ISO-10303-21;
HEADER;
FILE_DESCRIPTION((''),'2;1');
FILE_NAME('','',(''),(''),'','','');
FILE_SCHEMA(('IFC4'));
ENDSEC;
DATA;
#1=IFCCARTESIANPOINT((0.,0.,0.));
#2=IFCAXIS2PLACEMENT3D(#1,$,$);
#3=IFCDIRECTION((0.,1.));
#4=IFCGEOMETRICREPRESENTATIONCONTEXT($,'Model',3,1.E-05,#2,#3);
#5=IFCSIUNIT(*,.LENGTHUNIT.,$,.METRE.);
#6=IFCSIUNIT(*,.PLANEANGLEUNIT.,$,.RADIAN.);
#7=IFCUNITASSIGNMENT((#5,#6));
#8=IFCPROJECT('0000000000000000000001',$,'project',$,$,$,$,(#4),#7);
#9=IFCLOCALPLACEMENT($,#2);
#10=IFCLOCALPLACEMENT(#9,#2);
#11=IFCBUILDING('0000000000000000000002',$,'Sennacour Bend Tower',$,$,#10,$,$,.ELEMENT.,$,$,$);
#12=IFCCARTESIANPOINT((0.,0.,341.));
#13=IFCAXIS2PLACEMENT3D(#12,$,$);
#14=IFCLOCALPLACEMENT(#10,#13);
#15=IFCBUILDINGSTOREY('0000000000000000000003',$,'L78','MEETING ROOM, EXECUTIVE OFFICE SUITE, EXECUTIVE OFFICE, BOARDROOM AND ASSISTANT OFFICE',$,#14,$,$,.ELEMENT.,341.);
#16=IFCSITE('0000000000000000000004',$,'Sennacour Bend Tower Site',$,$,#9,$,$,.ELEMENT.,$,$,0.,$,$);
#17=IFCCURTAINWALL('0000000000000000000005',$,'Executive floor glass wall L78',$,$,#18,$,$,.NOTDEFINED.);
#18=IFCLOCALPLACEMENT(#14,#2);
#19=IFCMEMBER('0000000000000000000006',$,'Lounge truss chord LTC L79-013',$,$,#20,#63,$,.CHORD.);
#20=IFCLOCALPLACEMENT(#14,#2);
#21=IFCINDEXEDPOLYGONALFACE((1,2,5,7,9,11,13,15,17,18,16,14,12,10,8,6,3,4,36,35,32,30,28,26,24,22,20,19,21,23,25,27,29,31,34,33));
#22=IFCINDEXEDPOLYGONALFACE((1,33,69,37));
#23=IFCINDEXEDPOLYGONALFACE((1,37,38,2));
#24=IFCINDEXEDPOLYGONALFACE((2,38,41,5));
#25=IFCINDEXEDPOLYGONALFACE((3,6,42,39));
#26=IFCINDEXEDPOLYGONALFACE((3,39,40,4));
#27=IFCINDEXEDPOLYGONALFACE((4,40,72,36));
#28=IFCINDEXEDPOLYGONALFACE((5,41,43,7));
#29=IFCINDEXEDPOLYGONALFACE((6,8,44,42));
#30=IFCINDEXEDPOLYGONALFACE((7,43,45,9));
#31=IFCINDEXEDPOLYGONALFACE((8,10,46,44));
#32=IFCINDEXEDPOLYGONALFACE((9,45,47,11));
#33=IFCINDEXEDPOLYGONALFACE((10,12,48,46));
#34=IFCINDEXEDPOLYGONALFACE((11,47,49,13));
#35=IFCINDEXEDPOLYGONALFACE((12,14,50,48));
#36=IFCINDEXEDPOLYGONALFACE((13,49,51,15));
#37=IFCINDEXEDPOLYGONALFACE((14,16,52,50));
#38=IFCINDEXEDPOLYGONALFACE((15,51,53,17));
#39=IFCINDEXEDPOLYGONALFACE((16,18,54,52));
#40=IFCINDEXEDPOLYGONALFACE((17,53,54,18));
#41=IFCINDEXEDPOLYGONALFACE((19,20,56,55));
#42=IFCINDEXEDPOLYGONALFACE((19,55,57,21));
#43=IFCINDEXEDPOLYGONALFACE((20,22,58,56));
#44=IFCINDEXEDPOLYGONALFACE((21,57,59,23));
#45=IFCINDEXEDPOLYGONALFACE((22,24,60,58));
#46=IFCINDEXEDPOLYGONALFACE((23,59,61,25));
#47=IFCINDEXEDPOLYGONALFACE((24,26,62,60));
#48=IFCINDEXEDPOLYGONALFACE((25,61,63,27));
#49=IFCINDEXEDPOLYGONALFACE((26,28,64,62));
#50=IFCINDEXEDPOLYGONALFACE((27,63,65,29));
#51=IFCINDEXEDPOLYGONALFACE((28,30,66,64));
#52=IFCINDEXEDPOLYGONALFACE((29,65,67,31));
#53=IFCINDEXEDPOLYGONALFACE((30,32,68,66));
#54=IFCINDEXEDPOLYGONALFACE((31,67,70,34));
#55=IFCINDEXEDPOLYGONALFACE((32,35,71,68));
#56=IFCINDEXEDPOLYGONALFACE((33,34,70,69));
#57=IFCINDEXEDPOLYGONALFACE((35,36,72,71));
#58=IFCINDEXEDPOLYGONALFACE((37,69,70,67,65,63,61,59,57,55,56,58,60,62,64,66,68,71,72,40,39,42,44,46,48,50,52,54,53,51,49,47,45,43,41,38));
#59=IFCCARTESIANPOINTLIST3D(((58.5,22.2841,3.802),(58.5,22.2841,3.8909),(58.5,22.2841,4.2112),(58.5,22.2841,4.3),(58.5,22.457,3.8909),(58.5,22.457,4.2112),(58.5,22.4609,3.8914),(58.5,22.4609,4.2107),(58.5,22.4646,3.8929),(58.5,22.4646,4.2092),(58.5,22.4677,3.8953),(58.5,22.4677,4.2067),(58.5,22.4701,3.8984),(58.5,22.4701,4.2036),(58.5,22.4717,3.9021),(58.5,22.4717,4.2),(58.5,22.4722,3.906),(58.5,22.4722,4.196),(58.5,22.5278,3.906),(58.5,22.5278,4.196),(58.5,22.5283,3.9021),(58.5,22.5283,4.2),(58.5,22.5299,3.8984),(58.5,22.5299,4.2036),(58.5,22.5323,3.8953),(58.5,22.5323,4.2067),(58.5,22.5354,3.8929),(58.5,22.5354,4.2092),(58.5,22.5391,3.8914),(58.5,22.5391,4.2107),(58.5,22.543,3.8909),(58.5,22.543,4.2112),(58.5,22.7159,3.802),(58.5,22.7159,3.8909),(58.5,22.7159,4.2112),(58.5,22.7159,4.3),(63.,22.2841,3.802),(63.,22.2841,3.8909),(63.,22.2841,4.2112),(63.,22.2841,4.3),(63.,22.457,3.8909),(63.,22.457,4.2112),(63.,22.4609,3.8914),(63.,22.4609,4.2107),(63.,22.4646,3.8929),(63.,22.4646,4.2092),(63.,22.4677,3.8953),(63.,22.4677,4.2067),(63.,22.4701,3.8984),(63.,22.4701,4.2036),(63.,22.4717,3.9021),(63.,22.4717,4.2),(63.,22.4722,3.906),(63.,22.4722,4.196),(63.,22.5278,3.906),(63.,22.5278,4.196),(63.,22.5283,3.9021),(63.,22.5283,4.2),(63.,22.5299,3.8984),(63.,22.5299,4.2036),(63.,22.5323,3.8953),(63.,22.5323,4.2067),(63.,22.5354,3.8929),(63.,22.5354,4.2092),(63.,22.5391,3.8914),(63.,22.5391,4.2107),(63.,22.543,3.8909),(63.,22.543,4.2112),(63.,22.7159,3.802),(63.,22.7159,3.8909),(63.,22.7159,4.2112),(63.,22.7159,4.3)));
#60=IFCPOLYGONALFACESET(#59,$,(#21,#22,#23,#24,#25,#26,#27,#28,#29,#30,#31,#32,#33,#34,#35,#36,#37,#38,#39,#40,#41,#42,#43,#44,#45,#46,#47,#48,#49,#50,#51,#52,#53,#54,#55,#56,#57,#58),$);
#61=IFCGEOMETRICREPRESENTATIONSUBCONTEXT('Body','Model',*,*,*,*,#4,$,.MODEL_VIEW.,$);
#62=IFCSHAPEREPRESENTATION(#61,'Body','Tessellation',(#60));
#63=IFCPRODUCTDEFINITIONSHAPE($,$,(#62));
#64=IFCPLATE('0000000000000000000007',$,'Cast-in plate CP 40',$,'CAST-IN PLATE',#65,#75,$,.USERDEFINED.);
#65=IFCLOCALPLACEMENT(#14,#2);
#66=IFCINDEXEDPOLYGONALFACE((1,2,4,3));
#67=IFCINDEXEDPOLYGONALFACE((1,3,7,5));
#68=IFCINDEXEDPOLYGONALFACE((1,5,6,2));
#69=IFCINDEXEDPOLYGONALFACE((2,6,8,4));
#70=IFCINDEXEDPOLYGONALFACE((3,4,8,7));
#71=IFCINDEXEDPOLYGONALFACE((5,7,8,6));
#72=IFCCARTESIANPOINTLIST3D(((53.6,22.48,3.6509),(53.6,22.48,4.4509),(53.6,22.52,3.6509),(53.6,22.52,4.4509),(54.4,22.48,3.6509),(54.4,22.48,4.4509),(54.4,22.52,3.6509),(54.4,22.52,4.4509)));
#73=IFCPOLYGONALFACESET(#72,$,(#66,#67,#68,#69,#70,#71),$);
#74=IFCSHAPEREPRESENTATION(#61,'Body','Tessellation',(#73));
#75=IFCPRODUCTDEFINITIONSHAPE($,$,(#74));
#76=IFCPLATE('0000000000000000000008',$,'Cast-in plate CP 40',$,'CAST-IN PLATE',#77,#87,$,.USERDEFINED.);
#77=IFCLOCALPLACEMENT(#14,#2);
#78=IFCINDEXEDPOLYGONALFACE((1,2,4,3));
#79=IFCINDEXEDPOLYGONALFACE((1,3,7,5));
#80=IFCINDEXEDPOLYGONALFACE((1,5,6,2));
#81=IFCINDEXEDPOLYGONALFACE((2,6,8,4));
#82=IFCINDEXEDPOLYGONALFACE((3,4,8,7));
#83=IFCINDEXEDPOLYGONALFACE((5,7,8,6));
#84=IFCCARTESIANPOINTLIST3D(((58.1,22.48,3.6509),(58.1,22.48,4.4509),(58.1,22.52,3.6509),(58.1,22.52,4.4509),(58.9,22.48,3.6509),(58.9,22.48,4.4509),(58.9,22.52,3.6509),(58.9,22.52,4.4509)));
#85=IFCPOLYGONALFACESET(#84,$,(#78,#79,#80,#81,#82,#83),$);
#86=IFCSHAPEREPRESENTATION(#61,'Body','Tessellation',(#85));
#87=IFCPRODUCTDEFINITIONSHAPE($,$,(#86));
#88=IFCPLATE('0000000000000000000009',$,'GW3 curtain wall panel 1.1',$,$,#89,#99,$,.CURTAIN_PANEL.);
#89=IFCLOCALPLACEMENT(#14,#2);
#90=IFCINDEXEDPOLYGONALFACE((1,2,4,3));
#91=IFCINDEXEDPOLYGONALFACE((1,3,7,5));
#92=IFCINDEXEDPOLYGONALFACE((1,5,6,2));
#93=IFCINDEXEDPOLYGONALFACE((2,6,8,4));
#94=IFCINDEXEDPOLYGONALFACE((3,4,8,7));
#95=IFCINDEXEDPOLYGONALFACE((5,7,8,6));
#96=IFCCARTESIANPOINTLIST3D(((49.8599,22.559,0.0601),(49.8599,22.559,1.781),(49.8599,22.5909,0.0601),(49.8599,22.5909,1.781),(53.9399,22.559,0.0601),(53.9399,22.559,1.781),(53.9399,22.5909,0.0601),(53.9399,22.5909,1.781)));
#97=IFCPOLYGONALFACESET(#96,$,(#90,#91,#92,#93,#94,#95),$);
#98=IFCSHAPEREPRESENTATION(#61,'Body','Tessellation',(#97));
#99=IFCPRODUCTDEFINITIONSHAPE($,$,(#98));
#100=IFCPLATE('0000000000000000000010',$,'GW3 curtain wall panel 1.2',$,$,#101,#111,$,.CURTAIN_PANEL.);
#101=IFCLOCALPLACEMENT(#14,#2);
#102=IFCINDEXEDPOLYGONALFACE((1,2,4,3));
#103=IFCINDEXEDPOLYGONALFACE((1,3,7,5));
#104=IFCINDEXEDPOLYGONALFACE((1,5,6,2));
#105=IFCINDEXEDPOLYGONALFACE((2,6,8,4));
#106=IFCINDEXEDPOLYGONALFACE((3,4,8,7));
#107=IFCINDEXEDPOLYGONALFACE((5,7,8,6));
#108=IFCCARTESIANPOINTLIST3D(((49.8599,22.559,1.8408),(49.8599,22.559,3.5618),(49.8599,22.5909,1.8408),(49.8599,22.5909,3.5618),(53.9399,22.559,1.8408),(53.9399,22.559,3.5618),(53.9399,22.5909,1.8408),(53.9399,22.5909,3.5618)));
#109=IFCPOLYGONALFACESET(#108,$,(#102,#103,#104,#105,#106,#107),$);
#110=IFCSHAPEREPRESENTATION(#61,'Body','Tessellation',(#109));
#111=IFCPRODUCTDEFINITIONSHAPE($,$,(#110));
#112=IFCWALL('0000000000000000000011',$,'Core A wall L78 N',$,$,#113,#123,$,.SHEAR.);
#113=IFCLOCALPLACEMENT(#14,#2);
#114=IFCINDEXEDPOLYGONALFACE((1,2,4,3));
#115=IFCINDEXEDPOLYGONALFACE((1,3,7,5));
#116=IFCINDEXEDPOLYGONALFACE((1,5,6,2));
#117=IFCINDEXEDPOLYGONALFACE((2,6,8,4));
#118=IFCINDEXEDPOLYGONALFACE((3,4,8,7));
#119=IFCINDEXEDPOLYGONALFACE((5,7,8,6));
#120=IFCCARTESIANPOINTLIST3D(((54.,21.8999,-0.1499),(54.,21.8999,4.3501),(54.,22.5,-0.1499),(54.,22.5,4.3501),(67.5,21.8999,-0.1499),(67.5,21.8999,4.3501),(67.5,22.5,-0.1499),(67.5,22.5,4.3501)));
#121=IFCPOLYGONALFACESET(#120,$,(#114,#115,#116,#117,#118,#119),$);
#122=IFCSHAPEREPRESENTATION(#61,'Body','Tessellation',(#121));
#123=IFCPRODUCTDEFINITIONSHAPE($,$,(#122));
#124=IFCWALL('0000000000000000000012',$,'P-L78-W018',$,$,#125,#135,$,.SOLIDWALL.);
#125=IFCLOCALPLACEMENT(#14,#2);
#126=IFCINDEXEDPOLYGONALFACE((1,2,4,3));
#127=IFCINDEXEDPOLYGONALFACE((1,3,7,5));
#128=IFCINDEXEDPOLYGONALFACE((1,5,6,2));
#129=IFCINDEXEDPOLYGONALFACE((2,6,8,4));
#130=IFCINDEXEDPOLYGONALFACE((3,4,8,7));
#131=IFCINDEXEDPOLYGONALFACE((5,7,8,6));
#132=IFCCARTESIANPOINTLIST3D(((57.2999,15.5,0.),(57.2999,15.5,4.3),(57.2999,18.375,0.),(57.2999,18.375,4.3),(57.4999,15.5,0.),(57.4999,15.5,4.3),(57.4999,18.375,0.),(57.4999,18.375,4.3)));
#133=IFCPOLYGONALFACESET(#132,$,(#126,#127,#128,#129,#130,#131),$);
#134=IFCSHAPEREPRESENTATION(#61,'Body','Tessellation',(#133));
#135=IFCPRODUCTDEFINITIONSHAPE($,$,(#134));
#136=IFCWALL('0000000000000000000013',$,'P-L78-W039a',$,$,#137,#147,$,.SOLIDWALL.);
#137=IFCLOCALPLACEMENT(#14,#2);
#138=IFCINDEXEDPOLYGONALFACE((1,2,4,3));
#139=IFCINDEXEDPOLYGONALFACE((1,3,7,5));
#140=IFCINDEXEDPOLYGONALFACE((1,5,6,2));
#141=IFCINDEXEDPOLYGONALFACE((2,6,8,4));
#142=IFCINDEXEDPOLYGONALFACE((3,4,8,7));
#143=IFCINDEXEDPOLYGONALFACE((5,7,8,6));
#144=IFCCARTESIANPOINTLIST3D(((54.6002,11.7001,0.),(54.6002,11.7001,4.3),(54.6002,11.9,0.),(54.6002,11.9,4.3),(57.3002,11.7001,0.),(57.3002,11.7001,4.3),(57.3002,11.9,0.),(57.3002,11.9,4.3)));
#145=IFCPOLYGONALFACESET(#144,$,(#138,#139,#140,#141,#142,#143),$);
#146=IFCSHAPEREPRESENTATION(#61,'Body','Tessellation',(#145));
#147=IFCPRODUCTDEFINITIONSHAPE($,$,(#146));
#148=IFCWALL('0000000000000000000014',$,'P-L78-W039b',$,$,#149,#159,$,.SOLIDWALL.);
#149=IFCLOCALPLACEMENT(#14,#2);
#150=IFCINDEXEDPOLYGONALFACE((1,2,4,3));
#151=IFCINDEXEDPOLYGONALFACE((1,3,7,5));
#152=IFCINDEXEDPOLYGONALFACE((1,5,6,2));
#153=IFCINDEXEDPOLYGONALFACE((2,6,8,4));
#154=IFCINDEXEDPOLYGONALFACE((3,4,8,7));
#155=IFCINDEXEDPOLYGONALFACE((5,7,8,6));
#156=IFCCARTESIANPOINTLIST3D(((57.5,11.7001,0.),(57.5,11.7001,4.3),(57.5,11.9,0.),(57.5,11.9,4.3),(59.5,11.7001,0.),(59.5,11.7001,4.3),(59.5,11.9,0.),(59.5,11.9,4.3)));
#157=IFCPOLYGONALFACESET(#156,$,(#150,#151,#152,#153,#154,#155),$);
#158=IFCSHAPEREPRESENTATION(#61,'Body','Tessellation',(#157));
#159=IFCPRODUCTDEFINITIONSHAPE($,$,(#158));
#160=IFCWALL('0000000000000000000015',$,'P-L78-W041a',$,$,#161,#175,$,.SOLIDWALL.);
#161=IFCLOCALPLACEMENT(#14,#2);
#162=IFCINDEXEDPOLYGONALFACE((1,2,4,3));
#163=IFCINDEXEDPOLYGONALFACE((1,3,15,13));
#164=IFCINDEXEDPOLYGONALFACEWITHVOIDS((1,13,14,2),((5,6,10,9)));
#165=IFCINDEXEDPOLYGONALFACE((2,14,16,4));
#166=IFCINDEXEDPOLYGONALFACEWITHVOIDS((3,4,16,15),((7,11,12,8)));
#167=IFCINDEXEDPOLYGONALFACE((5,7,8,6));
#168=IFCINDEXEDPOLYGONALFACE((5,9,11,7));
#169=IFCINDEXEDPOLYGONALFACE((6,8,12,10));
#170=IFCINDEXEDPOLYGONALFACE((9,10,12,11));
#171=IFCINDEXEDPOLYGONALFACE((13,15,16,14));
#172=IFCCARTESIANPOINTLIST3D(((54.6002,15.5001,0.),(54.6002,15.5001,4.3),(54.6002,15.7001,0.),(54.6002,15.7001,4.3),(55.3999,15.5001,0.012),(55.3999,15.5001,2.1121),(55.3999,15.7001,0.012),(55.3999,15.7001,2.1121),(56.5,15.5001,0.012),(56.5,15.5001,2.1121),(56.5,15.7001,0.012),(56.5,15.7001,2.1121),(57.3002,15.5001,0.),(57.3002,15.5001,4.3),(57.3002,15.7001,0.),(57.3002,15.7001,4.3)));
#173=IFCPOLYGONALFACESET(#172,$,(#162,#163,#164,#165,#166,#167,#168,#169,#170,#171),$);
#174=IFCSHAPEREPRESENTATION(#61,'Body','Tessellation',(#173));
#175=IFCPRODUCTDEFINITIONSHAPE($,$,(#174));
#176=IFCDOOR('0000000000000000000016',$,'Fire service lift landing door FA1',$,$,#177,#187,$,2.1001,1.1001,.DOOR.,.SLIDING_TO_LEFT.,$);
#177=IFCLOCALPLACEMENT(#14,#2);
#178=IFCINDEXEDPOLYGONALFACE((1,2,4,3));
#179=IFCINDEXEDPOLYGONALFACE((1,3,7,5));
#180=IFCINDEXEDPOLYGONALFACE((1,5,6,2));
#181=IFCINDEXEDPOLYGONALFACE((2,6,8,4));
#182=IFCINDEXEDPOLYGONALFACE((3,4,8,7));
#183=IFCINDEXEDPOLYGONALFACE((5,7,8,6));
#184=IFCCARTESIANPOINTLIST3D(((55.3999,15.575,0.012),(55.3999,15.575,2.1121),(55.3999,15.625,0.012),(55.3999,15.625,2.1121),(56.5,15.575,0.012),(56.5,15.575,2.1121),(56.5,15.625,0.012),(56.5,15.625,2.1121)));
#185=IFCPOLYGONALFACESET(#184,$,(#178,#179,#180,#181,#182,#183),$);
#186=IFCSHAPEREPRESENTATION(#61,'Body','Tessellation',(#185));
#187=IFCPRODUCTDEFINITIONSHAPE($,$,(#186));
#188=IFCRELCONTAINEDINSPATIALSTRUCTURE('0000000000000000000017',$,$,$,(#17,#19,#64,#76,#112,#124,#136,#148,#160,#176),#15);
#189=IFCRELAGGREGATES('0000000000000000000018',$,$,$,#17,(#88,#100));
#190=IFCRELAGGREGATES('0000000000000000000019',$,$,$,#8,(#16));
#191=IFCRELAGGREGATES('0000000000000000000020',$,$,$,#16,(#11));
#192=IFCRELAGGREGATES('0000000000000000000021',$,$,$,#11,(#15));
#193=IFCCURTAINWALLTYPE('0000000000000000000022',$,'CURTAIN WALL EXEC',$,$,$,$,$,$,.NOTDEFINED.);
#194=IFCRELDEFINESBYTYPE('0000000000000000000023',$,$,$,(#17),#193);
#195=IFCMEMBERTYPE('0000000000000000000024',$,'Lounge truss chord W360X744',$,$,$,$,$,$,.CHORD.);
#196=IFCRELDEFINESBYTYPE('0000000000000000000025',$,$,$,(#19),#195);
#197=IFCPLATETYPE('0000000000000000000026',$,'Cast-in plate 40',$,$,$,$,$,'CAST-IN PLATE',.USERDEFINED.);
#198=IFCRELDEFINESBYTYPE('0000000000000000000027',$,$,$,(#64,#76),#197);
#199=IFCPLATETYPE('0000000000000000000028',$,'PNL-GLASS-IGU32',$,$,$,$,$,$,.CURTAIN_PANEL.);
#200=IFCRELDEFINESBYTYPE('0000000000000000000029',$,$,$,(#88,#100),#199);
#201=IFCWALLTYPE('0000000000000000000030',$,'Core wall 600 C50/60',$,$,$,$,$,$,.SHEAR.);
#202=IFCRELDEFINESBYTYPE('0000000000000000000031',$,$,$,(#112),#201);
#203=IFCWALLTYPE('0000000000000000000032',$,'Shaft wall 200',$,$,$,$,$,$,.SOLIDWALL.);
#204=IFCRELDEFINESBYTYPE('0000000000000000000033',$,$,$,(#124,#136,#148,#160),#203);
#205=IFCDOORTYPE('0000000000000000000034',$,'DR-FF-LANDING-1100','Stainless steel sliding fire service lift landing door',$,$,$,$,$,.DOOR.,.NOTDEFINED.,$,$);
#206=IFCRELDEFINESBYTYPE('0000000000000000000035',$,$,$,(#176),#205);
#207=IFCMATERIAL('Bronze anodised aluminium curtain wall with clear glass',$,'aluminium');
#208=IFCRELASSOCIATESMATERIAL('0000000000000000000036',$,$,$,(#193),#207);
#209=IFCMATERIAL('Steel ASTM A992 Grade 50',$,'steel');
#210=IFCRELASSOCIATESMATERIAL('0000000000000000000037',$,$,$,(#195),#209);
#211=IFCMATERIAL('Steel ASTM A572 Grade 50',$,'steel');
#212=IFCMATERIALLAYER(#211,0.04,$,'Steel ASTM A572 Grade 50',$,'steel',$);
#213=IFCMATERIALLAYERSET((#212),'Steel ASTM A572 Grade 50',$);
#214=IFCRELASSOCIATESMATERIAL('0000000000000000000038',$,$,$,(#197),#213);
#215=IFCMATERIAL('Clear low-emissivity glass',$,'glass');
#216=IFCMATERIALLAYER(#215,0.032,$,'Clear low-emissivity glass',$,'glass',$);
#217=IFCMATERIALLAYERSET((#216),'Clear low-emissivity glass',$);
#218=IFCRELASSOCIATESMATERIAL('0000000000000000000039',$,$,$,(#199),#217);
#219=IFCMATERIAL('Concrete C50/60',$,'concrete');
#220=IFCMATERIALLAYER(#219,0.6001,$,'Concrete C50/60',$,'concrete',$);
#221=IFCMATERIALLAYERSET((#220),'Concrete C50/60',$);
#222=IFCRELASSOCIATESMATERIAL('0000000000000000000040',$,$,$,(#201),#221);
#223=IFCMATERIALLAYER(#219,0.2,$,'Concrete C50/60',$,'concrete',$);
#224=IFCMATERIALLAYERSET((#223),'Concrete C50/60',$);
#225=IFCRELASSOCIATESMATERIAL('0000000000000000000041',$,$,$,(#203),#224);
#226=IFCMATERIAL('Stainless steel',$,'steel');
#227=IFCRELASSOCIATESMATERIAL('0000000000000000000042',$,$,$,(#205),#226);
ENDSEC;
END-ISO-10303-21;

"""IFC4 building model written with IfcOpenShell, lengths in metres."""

from ifc_helpers import new_model, si_unit, direction, frame, frame_2d, origin, origin_2d, place, context, subcontext, project, spatial, rectangle, i_section, extrude, material, layer, layer_set, material_profile, profile_set, type_object, element, fill, aggregate, save


model = new_model("IFC4")

# Units and contexts
model_context = context("Model", 3, precision=1e-05, world=origin(), true_north=direction((0.0, 1.0)))
body_context = subcontext(model_context, "Body", "Model", "MODEL_VIEW")
ifc_project = project(units=[si_unit("LENGTHUNIT", "METRE"), si_unit("PLANEANGLEUNIT", "RADIAN")], contexts=[model_context])

# Site, building, storey
site_placement = place(None, origin())
site = spatial("IfcSite", under=ifc_project, at=site_placement, Name="Sennacour Bend Tower Site", CompositionType="ELEMENT", RefElevation=0.0)
building_placement = place(site_placement, origin())
building = spatial("IfcBuilding", under=site, at=building_placement, Name="Sennacour Bend Tower", CompositionType="ELEMENT")
storey_placement = place(building_placement, frame((0.0, 0.0, 341.0)))
storey = spatial("IfcBuildingStorey", under=building, at=storey_placement, Name="L78", Description="MEETING ROOM, EXECUTIVE OFFICE SUITE, EXECUTIVE OFFICE, BOARDROOM AND ASSISTANT OFFICE", CompositionType="ELEMENT", Elevation=341.0)

# Curtain wall
ifc_material_1 = material(Name="Bronze anodised aluminium curtain wall with clear glass", Category="aluminium")
curtain_wall_type = type_object("IfcCurtainWallType", Name="CURTAIN WALL EXEC", PredefinedType="NOTDEFINED", material=ifc_material_1)
curtain_wall_placement = place(storey_placement, origin())
curtain_wall = element("IfcCurtainWall", 1, at=curtain_wall_placement, inside=storey, type_object=curtain_wall_type, Name="Executive floor glass wall L78", PredefinedType="NOTDEFINED")

# Member
ifc_material_2 = material(Name="Steel ASTM A992 Grade 50", Category="steel")
ifc_material_profile_1 = material_profile(ifc_material_2, i_section(OverallWidth=0.4319, OverallDepth=0.498, WebThickness=0.0557, FlangeThickness=0.0889, FilletRadius=0.0151, at=origin_2d()), Name="Steel ASTM A992 Grade 50", Category="steel")
ifc_profile_set_1 = profile_set([ifc_material_profile_1], Name="Steel ASTM A992 Grade 50")
member_type_1 = type_object("IfcMemberType", Name="Lounge truss chord W360X744", PredefinedType="CHORD", material=ifc_profile_set_1)
for number, where, z_axis, x_axis, name in (
    (2, (58.5, 22.5, 4.051), (1.0, 0.0, 0.0), (0.0, 1.0, 0.0), "Lounge truss chord LTC L79-013"),
):
    element("IfcMember", number, at=place(storey_placement, frame(where, z_axis=z_axis, x_axis=x_axis)), inside=storey, type_object=member_type_1, Name=name, PredefinedType="CHORD", context=body_context, shape_type="SweptSolid", body=[
        extrude(i_section(OverallWidth=0.4319, OverallDepth=0.498, WebThickness=0.0557, FlangeThickness=0.0889, FilletRadius=0.0151, at=origin_2d()), origin(), (0.0, 0.0, 1.0), 4.5),
    ])

# Plates
ifc_material_3 = material(Name="Steel ASTM A572 Grade 50", Category="steel")
ifc_layer_1 = layer(ifc_material_3, 0.04, Name="Steel ASTM A572 Grade 50", Category="steel")
ifc_layer_set_1 = layer_set([ifc_layer_1], Name="Steel ASTM A572 Grade 50")
plate_type_1 = type_object("IfcPlateType", Name="Cast-in plate 40", ElementType="CAST-IN PLATE", PredefinedType="USERDEFINED", material=ifc_layer_set_1)
for number, where, z_axis, x_axis, name in (
    (3, (54.0, 22.5, 3.6509), (0.0, 0.0, 1.0), (1.0, 0.0, 0.0), "Cast-in plate CP 40"),
    (4, (58.5, 22.5, 3.6509), (0.0, 0.0, 1.0), (1.0, 0.0, 0.0), "Cast-in plate CP 40"),
):
    element("IfcPlate", number, at=place(storey_placement, frame(where, z_axis=z_axis, x_axis=x_axis)), inside=storey, type_object=plate_type_1, Name=name, ObjectType="CAST-IN PLATE", PredefinedType="USERDEFINED", context=body_context, shape_type="SweptSolid", body=[
        extrude(rectangle(XDim=0.8, YDim=0.04, at=origin_2d()), origin(), (0.0, 0.0, 1.0), 0.8),
    ])

# Plates
ifc_material_4 = material(Name="Clear low-emissivity glass", Category="glass")
ifc_layer_2 = layer(ifc_material_4, 0.032, Name="Clear low-emissivity glass", Category="glass")
ifc_layer_set_2 = layer_set([ifc_layer_2], Name="Clear low-emissivity glass")
plate_type_2 = type_object("IfcPlateType", Name="PNL-GLASS-IGU32", PredefinedType="CURTAIN_PANEL", material=ifc_layer_set_2)
plate_1_placement = place(storey_placement, frame((51.8999, 22.575, 0.0601), z_axis=(0.0, 0.0, 1.0), x_axis=(-1.0, 0.0, 0.0)))
plate_1 = element("IfcPlate", 5, at=plate_1_placement, type_object=plate_type_2, Name="GW3 curtain wall panel 1.1", PredefinedType="CURTAIN_PANEL", context=body_context, shape_type="SweptSolid", body=[
    extrude(rectangle(XDim=4.0801, YDim=0.032, at=origin_2d()), origin(), (0.0, 0.0, 1.0), 1.7209),
])
plate_2_placement = place(storey_placement, frame((51.8999, 22.575, 1.8408), z_axis=(0.0, 0.0, 1.0), x_axis=(-1.0, 0.0, 0.0)))
plate_2 = element("IfcPlate", 6, at=plate_2_placement, type_object=plate_type_2, Name="GW3 curtain wall panel 1.2", PredefinedType="CURTAIN_PANEL", context=body_context, shape_type="SweptSolid", body=[
    extrude(rectangle(XDim=4.0801, YDim=0.032, at=origin_2d()), origin(), (0.0, 0.0, 1.0), 1.7209),
])
aggregate(curtain_wall, [plate_1, plate_2])

# Walls
ifc_material_5 = material(Name="Concrete C50/60", Category="concrete")
ifc_layer_3 = layer(ifc_material_5, 0.6001, Name="Concrete C50/60", Category="concrete")
ifc_layer_set_3 = layer_set([ifc_layer_3], Name="Concrete C50/60")
wall_type_1 = type_object("IfcWallType", Name="Core wall 600 C50/60", PredefinedType="SHEAR", material=ifc_layer_set_3)
wall_1_placement = place(storey_placement, frame((54.0, 22.2, -0.1499), z_axis=(0.0, 0.0, 1.0), x_axis=(1.0, 0.0, 0.0)))
element("IfcWall", 7, at=wall_1_placement, inside=storey, type_object=wall_type_1, Name="Core A wall L78 N", PredefinedType="SHEAR", context=body_context, shape_type="SweptSolid", body=[
    extrude(rectangle(XDim=13.5, YDim=0.6001, at=frame_2d((6.75, 0.0))), origin(), (0.0, 0.0, 1.0), 4.5),
])
ifc_layer_4 = layer(ifc_material_5, 0.2, Name="Concrete C50/60", Category="concrete")
ifc_layer_set_4 = layer_set([ifc_layer_4], Name="Concrete C50/60")
wall_type_2 = type_object("IfcWallType", Name="Shaft wall 200", PredefinedType="SOLIDWALL", material=ifc_layer_set_4)
wall_2_placement = place(storey_placement, frame((57.3999, 15.5, 0.0), z_axis=(0.0, 0.0, 1.0), x_axis=(0.0, 1.0, 0.0)))
element("IfcWall", 8, at=wall_2_placement, inside=storey, type_object=wall_type_2, Name="P-L78-W018", PredefinedType="SOLIDWALL", context=body_context, shape_type="SweptSolid", body=[
    extrude(rectangle(XDim=2.875, YDim=0.2, at=frame_2d((1.4375, 0.0))), origin(), (0.0, 0.0, 1.0), 4.3),
])
wall_3_placement = place(storey_placement, frame((54.6001, 11.8, 0.0), z_axis=(0.0, 0.0, 1.0), x_axis=(1.0, 0.0, 0.0)))
element("IfcWall", 9, at=wall_3_placement, inside=storey, type_object=wall_type_2, Name="P-L78-W039a", PredefinedType="SOLIDWALL", context=body_context, shape_type="SweptSolid", body=[
    extrude(rectangle(XDim=2.7, YDim=0.2, at=frame_2d((1.3501, 0.0))), origin(), (0.0, 0.0, 1.0), 4.3),
])
wall_4_placement = place(storey_placement, frame((57.5, 11.8, 0.0), z_axis=(0.0, 0.0, 1.0), x_axis=(1.0, 0.0, 0.0)))
element("IfcWall", 10, at=wall_4_placement, inside=storey, type_object=wall_type_2, Name="P-L78-W039b", PredefinedType="SOLIDWALL", context=body_context, shape_type="SweptSolid", body=[
    extrude(rectangle(XDim=2.0, YDim=0.2, at=frame_2d((1.0, 0.0))), origin(), (0.0, 0.0, 1.0), 4.3),
])

# Wall, opening, door
wall_5_placement = place(storey_placement, frame((54.6001, 15.6001, 0.0), z_axis=(0.0, 0.0, 1.0), x_axis=(1.0, 0.0, 0.0)))
wall_5 = element("IfcWall", 11, at=wall_5_placement, inside=storey, type_object=wall_type_2, Name="P-L78-W041a", PredefinedType="SOLIDWALL", context=body_context, shape_type="SweptSolid", body=[
    extrude(rectangle(XDim=2.7, YDim=0.2, at=frame_2d((1.3501, 0.0))), origin(), (0.0, 0.0, 1.0), 4.3),
])
opening_1_placement = place(wall_5_placement, frame((0.7998, 0.0, 0.012)))
opening_1 = element("IfcOpeningElement", 12, at=opening_1_placement, cuts=wall_5, PredefinedType="OPENING", context=body_context, shape_type="SweptSolid", body=[
    extrude(rectangle(XDim=1.1001, YDim=2.1001, at=frame_2d((0.55, 1.05))), frame((0.0, 0.1099, 0.0), z_axis=(0.0, -1.0, 0.0), x_axis=(1.0, 0.0, 0.0)), (0.0, 0.0, 1.0), 0.22),
])
ifc_material_6 = material(Name="Stainless steel", Category="steel")
door_type = type_object("IfcDoorType", Name="DR-FF-LANDING-1100", Description="Stainless steel sliding fire service lift landing door", OperationType="NOTDEFINED", PredefinedType="DOOR", material=ifc_material_6)
door_1_placement = place(opening_1_placement, origin())
door_1 = element("IfcDoor", 13, at=door_1_placement, inside=storey, type_object=door_type, Name="Fire service lift landing door FA1", OperationType="SLIDING_TO_LEFT", OverallHeight=2.1001, OverallWidth=1.1001, PredefinedType="DOOR", context=body_context, shape_type="SweptSolid", body=[
    extrude(rectangle(XDim=1.1001, YDim=2.1001, at=frame_2d((0.55, 1.05))), frame((0.0, 0.0249, 0.0), z_axis=(0.0, -1.0, 0.0), x_axis=(1.0, 0.0, 0.0)), (0.0, 0.0, 1.0), 0.05),
])
fill(opening_1, door_1)

save(model, "model.ifc")
